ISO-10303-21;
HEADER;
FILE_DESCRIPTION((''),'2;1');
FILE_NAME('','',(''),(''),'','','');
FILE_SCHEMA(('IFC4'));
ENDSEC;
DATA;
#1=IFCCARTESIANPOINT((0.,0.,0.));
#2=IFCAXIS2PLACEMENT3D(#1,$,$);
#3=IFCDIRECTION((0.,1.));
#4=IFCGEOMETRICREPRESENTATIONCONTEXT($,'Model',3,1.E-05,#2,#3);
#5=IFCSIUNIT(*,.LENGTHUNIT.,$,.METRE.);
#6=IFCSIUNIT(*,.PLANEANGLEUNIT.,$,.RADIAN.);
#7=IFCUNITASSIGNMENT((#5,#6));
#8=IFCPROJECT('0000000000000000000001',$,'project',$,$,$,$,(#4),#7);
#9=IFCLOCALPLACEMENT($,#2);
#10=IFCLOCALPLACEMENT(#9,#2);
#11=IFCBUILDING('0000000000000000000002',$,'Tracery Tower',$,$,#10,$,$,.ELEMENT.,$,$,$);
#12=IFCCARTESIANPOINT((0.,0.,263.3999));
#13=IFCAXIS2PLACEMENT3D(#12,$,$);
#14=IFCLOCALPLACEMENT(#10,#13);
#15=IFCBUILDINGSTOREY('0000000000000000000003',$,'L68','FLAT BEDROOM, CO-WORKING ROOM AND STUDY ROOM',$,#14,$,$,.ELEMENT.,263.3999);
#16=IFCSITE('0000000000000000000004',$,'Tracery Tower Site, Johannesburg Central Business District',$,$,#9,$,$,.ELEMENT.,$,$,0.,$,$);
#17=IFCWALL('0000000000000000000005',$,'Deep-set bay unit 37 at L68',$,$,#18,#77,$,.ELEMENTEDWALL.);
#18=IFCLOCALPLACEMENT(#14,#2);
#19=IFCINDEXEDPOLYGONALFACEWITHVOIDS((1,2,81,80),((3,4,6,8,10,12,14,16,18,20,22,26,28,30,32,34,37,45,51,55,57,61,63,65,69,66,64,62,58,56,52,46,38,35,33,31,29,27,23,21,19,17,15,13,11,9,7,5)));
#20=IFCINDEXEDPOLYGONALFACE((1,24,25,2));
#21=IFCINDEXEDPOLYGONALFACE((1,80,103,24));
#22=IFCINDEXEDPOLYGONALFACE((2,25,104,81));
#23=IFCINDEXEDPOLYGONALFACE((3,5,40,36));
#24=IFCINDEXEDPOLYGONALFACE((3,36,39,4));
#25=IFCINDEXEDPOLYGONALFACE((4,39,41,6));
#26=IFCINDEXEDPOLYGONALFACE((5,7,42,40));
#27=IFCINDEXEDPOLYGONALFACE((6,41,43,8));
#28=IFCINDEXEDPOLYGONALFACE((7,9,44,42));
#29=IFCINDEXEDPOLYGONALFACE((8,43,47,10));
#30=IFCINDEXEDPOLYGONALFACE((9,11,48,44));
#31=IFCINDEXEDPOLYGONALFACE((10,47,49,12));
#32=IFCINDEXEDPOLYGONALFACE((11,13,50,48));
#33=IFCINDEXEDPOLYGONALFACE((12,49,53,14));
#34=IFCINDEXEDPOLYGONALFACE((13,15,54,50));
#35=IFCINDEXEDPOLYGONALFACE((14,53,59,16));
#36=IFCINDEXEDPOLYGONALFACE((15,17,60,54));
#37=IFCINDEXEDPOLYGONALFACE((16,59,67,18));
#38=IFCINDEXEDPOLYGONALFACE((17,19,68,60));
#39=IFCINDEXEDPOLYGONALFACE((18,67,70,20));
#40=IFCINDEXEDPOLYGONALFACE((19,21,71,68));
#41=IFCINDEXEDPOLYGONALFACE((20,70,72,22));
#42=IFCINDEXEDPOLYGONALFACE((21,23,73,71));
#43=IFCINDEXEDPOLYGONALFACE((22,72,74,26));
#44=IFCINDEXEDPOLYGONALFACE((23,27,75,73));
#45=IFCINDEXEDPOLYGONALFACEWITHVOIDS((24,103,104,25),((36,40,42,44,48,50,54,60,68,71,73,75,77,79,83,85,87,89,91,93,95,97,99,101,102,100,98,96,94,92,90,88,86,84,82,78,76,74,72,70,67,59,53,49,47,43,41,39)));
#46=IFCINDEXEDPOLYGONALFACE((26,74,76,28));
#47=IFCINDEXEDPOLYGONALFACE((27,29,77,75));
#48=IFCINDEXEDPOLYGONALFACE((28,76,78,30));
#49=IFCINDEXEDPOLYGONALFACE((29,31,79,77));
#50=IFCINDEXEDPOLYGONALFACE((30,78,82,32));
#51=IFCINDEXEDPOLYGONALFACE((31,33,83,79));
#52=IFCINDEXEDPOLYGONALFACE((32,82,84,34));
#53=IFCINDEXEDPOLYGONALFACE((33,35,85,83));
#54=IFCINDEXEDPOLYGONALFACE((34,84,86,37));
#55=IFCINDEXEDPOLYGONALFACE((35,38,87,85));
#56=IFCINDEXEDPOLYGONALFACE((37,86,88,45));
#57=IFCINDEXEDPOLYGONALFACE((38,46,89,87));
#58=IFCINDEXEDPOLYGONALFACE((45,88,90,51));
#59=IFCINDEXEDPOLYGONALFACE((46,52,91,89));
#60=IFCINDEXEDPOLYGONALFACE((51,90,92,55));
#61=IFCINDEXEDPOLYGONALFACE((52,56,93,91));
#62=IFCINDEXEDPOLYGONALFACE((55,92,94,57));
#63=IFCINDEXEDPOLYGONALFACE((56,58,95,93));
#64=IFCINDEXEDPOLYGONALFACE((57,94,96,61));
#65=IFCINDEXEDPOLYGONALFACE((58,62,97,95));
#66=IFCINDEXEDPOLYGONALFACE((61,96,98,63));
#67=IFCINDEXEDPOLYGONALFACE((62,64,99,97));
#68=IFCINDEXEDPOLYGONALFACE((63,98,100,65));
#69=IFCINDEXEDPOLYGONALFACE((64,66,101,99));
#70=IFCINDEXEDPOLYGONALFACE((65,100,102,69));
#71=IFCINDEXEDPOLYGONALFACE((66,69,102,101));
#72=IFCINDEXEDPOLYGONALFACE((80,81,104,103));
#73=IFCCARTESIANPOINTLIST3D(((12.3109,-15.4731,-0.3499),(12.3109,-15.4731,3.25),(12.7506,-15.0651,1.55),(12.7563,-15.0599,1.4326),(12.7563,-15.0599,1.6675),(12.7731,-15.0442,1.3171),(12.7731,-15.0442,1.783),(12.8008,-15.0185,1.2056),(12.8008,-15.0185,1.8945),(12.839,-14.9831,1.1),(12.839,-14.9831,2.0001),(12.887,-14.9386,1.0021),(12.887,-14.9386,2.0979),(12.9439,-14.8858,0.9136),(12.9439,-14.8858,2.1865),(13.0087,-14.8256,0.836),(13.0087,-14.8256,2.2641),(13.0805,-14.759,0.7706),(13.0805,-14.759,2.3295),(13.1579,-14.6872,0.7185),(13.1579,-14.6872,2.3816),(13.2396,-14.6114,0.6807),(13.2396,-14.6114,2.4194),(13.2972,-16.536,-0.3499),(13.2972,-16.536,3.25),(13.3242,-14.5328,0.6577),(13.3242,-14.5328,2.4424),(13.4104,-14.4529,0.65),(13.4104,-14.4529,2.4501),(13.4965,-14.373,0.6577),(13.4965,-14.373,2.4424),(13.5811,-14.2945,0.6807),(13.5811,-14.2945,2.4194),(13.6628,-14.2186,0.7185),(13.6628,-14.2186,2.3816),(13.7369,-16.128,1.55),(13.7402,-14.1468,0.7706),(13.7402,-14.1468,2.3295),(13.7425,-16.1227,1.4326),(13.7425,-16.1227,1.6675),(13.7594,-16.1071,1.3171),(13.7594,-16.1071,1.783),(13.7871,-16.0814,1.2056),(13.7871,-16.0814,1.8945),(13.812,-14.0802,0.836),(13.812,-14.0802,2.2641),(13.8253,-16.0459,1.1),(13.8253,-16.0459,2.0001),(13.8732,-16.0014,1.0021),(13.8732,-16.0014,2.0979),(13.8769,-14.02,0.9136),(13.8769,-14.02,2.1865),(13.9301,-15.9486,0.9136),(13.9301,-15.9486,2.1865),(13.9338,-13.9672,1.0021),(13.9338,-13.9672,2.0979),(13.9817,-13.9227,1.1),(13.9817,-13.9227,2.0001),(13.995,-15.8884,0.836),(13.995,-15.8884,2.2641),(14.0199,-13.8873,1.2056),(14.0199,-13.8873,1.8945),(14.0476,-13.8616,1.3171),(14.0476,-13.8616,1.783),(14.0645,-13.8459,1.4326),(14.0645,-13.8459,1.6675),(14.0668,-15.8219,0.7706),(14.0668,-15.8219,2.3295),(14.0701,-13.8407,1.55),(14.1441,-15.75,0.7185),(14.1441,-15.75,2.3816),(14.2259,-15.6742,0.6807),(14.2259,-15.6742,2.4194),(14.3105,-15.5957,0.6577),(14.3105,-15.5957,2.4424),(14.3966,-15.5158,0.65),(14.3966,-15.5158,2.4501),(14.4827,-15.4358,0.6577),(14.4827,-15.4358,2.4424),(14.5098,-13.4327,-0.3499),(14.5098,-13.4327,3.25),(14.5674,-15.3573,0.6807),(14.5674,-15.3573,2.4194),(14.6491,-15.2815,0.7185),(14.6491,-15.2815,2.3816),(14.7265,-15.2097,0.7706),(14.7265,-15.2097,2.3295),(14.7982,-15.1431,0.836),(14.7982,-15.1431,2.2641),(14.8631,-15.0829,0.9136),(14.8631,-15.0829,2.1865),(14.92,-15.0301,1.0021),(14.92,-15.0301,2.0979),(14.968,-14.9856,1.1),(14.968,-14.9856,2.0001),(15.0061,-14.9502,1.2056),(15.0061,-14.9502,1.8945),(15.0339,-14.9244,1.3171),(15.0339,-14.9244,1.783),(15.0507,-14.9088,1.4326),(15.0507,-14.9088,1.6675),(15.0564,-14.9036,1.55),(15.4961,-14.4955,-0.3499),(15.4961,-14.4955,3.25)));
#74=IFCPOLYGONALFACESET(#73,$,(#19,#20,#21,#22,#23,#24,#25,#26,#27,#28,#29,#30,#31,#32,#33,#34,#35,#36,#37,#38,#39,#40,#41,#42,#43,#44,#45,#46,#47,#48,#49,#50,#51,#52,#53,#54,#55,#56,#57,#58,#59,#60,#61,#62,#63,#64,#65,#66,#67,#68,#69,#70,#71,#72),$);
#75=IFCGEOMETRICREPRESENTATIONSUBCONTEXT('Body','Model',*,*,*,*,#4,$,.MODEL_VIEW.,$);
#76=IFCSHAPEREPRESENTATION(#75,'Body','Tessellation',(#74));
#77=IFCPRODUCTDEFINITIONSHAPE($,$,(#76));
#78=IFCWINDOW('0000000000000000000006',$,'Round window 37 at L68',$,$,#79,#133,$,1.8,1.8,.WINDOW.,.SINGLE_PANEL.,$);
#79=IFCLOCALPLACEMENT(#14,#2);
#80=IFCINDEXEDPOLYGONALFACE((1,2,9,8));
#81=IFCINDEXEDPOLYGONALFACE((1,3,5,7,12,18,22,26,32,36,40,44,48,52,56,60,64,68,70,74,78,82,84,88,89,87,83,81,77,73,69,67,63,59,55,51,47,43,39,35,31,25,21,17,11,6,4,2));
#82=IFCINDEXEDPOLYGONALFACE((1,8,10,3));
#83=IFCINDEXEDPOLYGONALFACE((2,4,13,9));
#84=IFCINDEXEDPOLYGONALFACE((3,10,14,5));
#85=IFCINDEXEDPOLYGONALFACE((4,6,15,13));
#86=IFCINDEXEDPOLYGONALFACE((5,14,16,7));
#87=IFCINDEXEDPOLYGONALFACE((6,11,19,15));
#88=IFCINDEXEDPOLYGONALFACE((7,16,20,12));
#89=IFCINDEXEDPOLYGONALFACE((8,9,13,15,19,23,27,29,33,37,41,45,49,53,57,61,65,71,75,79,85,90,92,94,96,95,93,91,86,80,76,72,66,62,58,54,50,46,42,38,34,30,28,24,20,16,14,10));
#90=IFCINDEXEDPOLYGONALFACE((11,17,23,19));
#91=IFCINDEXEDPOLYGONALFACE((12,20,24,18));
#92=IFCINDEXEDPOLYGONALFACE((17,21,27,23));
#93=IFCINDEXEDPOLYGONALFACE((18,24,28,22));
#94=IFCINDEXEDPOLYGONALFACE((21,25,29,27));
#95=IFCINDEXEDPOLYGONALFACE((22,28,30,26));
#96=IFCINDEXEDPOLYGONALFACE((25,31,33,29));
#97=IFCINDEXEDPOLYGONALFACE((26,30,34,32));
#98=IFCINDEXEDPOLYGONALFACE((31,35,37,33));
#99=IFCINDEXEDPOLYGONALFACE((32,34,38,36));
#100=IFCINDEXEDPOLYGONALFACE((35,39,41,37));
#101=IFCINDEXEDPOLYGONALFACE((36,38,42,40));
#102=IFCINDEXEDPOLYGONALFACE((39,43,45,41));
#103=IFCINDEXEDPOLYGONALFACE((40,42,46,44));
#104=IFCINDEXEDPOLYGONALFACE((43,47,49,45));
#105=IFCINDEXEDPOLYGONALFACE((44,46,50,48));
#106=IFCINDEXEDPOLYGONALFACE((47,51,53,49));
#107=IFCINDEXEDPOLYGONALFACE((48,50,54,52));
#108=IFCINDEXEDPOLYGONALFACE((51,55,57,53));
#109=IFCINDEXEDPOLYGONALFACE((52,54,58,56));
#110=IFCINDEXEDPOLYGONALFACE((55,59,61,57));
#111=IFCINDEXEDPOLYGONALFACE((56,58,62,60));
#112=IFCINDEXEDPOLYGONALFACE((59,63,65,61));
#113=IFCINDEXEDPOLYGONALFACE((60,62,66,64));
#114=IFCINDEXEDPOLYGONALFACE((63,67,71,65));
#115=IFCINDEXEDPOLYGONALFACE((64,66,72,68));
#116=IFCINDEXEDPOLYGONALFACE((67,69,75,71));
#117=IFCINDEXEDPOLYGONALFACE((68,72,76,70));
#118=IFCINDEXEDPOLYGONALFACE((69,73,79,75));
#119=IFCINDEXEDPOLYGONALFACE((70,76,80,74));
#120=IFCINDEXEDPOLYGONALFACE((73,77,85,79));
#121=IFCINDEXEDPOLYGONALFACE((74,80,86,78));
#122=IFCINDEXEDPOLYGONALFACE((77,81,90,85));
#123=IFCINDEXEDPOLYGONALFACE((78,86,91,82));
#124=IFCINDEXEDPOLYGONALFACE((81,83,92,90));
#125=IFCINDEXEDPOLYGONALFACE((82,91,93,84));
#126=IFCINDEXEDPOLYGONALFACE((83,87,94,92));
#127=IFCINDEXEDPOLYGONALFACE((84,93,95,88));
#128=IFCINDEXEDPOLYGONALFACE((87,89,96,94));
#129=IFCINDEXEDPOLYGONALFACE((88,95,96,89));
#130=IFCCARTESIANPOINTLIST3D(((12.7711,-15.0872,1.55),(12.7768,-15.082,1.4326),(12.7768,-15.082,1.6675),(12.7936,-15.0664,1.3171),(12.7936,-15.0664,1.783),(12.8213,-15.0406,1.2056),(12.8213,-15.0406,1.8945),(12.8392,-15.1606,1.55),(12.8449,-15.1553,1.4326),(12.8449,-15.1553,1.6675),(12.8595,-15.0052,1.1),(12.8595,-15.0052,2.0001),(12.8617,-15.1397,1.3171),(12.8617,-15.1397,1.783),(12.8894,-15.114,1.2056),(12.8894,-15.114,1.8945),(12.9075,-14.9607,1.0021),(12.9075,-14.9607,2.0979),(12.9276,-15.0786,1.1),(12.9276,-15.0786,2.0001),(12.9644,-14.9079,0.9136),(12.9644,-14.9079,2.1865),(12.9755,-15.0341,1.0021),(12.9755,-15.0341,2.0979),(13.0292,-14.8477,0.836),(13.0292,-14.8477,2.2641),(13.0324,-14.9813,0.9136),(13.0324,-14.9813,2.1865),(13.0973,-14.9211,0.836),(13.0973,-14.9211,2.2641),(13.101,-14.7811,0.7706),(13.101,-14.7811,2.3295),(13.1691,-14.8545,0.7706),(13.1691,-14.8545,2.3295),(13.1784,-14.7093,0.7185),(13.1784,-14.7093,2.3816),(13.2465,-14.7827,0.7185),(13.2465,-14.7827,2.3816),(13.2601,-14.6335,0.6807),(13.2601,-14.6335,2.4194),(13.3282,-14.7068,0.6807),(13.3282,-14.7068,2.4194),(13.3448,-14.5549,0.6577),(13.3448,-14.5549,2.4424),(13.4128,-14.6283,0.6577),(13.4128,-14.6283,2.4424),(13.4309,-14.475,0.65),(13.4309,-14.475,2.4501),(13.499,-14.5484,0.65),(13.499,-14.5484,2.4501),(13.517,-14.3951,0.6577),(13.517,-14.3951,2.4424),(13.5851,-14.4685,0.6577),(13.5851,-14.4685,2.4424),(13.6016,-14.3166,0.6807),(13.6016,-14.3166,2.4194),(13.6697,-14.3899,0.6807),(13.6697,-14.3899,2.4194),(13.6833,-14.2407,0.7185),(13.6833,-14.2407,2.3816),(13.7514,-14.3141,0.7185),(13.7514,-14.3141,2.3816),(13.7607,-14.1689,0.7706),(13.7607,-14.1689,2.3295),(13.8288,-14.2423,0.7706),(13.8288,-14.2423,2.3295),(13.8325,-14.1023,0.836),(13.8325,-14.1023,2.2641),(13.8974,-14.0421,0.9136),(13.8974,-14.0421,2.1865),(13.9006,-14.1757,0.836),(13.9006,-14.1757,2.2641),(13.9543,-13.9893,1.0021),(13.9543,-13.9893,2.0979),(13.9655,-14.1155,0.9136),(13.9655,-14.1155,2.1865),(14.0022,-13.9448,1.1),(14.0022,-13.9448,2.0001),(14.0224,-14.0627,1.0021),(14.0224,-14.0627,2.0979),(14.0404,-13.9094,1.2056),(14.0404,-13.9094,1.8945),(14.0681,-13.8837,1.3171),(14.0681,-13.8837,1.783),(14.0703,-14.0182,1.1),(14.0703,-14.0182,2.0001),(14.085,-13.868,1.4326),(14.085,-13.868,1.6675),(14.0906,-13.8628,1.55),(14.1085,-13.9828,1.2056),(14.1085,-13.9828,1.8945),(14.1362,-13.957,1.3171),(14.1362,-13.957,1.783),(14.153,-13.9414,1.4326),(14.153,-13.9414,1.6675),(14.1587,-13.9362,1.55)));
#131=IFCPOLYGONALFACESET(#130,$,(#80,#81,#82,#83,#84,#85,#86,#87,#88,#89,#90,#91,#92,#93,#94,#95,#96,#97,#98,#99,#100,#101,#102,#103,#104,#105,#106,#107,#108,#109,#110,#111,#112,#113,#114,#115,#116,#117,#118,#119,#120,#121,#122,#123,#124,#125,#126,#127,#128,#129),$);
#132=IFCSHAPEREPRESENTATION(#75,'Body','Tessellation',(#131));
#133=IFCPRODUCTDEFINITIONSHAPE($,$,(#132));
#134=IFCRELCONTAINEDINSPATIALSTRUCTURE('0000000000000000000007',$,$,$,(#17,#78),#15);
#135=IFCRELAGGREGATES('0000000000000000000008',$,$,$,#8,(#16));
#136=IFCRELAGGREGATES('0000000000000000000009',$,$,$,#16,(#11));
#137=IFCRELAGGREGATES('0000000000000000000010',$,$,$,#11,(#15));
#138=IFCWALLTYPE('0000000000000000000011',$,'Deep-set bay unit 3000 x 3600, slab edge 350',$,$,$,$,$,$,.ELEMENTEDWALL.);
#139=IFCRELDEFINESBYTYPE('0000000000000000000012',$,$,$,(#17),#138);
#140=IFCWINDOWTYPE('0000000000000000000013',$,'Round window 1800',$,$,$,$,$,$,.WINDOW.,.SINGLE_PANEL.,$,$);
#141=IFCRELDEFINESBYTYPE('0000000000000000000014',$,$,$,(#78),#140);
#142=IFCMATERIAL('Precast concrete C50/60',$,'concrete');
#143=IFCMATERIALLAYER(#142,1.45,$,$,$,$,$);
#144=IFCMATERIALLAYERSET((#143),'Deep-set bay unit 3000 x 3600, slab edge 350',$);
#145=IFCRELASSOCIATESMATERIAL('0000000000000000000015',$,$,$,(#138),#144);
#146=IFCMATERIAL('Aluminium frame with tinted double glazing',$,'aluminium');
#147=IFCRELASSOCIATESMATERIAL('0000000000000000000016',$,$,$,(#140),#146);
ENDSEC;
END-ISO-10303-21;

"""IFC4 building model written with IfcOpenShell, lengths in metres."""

from ifc_helpers import new_model, si_unit, direction, frame, frame_2d, origin, origin_2d, place, context, subcontext, project, spatial, rectangle, circle, extrude, material, layer, layer_set, type_object, element, fill, save


model = new_model("IFC4")

# Units and contexts
model_context = context("Model", 3, precision=1e-05, world=origin(), true_north=direction((0.0, 1.0)))
body_context = subcontext(model_context, "Body", "Model", "MODEL_VIEW")
ifc_project = project(units=[si_unit("LENGTHUNIT", "METRE"), si_unit("PLANEANGLEUNIT", "RADIAN")], contexts=[model_context])

# Site, building, storey
site_placement = place(None, origin())
site = spatial("IfcSite", under=ifc_project, at=site_placement, Name="Tracery Tower Site, Johannesburg Central Business District", CompositionType="ELEMENT", RefElevation=0.0)
building_placement = place(site_placement, origin())
building = spatial("IfcBuilding", under=site, at=building_placement, Name="Tracery Tower", CompositionType="ELEMENT")
storey_placement = place(building_placement, frame((0.0, 0.0, 263.3999)))
storey = spatial("IfcBuildingStorey", under=building, at=storey_placement, Name="L68", Description="FLAT BEDROOM, CO-WORKING ROOM AND STUDY ROOM", CompositionType="ELEMENT", Elevation=263.3999)

# Wall, opening, window
ifc_material_1 = material(Name="Precast concrete C50/60", Category="concrete")
ifc_layer_1 = layer(ifc_material_1, 1.45)
ifc_layer_set_1 = layer_set([ifc_layer_1], Name="Deep-set bay unit 3000 x 3600, slab edge 350")
wall_type_1 = type_object("IfcWallType", Name="Deep-set bay unit 3000 x 3600, slab edge 350", PredefinedType="ELEMENTEDWALL", material=ifc_layer_set_1)
wall_1_placement = place(storey_placement, frame((12.804, -16.0046, -0.3499), z_axis=(0.0, 0.0, 1.0), x_axis=(0.733022, 0.680204, 0.0)))
wall_1 = element("IfcWall", 1, at=wall_1_placement, inside=storey, type_object=wall_type_1, Name="Deep-set bay unit 37 at L68", PredefinedType="ELEMENTEDWALL", context=body_context, shape_type="SweptSolid", body=[
    extrude(rectangle(XDim=2.9998, YDim=1.45, at=frame_2d((1.5, 0.0))), origin(), (0.0, 0.0, 1.0), 3.5999),
])
opening_1_placement = place(wall_1_placement, frame((1.5, 0.0, 1.8999)))
opening_1 = element("IfcOpeningElement", 2, at=opening_1_placement, cuts=wall_1, PredefinedType="OPENING", context=body_context, shape_type="SweptSolid", body=[
    extrude(circle(Radius=0.9, at=origin_2d()), frame((0.0, 0.7349, 0.0), z_axis=(0.0, -1.0, 0.0), x_axis=(1.0, 0.0, 0.0)), (0.0, 0.0, 1.0), 1.47),
])
ifc_material_2 = material(Name="Aluminium frame with tinted double glazing", Category="aluminium")
window_type = type_object("IfcWindowType", Name="Round window 1800", PartitioningType="SINGLE_PANEL", PredefinedType="WINDOW", material=ifc_material_2)
window_1_placement = place(opening_1_placement, origin())
window_1 = element("IfcWindow", 3, at=window_1_placement, inside=storey, type_object=window_type, Name="Round window 37 at L68", OverallHeight=1.8, OverallWidth=1.8, PartitioningType="SINGLE_PANEL", PredefinedType="WINDOW", context=body_context, shape_type="SweptSolid", body=[
    extrude(circle(Radius=0.9, at=origin_2d()), frame((0.0, 0.6948, 0.0), z_axis=(0.0, -1.0, 0.0), x_axis=(1.0, 0.0, 0.0)), (0.0, 0.0, 1.0), 0.1001),
])
fill(opening_1, window_1)

save(model, "model.ifc")
